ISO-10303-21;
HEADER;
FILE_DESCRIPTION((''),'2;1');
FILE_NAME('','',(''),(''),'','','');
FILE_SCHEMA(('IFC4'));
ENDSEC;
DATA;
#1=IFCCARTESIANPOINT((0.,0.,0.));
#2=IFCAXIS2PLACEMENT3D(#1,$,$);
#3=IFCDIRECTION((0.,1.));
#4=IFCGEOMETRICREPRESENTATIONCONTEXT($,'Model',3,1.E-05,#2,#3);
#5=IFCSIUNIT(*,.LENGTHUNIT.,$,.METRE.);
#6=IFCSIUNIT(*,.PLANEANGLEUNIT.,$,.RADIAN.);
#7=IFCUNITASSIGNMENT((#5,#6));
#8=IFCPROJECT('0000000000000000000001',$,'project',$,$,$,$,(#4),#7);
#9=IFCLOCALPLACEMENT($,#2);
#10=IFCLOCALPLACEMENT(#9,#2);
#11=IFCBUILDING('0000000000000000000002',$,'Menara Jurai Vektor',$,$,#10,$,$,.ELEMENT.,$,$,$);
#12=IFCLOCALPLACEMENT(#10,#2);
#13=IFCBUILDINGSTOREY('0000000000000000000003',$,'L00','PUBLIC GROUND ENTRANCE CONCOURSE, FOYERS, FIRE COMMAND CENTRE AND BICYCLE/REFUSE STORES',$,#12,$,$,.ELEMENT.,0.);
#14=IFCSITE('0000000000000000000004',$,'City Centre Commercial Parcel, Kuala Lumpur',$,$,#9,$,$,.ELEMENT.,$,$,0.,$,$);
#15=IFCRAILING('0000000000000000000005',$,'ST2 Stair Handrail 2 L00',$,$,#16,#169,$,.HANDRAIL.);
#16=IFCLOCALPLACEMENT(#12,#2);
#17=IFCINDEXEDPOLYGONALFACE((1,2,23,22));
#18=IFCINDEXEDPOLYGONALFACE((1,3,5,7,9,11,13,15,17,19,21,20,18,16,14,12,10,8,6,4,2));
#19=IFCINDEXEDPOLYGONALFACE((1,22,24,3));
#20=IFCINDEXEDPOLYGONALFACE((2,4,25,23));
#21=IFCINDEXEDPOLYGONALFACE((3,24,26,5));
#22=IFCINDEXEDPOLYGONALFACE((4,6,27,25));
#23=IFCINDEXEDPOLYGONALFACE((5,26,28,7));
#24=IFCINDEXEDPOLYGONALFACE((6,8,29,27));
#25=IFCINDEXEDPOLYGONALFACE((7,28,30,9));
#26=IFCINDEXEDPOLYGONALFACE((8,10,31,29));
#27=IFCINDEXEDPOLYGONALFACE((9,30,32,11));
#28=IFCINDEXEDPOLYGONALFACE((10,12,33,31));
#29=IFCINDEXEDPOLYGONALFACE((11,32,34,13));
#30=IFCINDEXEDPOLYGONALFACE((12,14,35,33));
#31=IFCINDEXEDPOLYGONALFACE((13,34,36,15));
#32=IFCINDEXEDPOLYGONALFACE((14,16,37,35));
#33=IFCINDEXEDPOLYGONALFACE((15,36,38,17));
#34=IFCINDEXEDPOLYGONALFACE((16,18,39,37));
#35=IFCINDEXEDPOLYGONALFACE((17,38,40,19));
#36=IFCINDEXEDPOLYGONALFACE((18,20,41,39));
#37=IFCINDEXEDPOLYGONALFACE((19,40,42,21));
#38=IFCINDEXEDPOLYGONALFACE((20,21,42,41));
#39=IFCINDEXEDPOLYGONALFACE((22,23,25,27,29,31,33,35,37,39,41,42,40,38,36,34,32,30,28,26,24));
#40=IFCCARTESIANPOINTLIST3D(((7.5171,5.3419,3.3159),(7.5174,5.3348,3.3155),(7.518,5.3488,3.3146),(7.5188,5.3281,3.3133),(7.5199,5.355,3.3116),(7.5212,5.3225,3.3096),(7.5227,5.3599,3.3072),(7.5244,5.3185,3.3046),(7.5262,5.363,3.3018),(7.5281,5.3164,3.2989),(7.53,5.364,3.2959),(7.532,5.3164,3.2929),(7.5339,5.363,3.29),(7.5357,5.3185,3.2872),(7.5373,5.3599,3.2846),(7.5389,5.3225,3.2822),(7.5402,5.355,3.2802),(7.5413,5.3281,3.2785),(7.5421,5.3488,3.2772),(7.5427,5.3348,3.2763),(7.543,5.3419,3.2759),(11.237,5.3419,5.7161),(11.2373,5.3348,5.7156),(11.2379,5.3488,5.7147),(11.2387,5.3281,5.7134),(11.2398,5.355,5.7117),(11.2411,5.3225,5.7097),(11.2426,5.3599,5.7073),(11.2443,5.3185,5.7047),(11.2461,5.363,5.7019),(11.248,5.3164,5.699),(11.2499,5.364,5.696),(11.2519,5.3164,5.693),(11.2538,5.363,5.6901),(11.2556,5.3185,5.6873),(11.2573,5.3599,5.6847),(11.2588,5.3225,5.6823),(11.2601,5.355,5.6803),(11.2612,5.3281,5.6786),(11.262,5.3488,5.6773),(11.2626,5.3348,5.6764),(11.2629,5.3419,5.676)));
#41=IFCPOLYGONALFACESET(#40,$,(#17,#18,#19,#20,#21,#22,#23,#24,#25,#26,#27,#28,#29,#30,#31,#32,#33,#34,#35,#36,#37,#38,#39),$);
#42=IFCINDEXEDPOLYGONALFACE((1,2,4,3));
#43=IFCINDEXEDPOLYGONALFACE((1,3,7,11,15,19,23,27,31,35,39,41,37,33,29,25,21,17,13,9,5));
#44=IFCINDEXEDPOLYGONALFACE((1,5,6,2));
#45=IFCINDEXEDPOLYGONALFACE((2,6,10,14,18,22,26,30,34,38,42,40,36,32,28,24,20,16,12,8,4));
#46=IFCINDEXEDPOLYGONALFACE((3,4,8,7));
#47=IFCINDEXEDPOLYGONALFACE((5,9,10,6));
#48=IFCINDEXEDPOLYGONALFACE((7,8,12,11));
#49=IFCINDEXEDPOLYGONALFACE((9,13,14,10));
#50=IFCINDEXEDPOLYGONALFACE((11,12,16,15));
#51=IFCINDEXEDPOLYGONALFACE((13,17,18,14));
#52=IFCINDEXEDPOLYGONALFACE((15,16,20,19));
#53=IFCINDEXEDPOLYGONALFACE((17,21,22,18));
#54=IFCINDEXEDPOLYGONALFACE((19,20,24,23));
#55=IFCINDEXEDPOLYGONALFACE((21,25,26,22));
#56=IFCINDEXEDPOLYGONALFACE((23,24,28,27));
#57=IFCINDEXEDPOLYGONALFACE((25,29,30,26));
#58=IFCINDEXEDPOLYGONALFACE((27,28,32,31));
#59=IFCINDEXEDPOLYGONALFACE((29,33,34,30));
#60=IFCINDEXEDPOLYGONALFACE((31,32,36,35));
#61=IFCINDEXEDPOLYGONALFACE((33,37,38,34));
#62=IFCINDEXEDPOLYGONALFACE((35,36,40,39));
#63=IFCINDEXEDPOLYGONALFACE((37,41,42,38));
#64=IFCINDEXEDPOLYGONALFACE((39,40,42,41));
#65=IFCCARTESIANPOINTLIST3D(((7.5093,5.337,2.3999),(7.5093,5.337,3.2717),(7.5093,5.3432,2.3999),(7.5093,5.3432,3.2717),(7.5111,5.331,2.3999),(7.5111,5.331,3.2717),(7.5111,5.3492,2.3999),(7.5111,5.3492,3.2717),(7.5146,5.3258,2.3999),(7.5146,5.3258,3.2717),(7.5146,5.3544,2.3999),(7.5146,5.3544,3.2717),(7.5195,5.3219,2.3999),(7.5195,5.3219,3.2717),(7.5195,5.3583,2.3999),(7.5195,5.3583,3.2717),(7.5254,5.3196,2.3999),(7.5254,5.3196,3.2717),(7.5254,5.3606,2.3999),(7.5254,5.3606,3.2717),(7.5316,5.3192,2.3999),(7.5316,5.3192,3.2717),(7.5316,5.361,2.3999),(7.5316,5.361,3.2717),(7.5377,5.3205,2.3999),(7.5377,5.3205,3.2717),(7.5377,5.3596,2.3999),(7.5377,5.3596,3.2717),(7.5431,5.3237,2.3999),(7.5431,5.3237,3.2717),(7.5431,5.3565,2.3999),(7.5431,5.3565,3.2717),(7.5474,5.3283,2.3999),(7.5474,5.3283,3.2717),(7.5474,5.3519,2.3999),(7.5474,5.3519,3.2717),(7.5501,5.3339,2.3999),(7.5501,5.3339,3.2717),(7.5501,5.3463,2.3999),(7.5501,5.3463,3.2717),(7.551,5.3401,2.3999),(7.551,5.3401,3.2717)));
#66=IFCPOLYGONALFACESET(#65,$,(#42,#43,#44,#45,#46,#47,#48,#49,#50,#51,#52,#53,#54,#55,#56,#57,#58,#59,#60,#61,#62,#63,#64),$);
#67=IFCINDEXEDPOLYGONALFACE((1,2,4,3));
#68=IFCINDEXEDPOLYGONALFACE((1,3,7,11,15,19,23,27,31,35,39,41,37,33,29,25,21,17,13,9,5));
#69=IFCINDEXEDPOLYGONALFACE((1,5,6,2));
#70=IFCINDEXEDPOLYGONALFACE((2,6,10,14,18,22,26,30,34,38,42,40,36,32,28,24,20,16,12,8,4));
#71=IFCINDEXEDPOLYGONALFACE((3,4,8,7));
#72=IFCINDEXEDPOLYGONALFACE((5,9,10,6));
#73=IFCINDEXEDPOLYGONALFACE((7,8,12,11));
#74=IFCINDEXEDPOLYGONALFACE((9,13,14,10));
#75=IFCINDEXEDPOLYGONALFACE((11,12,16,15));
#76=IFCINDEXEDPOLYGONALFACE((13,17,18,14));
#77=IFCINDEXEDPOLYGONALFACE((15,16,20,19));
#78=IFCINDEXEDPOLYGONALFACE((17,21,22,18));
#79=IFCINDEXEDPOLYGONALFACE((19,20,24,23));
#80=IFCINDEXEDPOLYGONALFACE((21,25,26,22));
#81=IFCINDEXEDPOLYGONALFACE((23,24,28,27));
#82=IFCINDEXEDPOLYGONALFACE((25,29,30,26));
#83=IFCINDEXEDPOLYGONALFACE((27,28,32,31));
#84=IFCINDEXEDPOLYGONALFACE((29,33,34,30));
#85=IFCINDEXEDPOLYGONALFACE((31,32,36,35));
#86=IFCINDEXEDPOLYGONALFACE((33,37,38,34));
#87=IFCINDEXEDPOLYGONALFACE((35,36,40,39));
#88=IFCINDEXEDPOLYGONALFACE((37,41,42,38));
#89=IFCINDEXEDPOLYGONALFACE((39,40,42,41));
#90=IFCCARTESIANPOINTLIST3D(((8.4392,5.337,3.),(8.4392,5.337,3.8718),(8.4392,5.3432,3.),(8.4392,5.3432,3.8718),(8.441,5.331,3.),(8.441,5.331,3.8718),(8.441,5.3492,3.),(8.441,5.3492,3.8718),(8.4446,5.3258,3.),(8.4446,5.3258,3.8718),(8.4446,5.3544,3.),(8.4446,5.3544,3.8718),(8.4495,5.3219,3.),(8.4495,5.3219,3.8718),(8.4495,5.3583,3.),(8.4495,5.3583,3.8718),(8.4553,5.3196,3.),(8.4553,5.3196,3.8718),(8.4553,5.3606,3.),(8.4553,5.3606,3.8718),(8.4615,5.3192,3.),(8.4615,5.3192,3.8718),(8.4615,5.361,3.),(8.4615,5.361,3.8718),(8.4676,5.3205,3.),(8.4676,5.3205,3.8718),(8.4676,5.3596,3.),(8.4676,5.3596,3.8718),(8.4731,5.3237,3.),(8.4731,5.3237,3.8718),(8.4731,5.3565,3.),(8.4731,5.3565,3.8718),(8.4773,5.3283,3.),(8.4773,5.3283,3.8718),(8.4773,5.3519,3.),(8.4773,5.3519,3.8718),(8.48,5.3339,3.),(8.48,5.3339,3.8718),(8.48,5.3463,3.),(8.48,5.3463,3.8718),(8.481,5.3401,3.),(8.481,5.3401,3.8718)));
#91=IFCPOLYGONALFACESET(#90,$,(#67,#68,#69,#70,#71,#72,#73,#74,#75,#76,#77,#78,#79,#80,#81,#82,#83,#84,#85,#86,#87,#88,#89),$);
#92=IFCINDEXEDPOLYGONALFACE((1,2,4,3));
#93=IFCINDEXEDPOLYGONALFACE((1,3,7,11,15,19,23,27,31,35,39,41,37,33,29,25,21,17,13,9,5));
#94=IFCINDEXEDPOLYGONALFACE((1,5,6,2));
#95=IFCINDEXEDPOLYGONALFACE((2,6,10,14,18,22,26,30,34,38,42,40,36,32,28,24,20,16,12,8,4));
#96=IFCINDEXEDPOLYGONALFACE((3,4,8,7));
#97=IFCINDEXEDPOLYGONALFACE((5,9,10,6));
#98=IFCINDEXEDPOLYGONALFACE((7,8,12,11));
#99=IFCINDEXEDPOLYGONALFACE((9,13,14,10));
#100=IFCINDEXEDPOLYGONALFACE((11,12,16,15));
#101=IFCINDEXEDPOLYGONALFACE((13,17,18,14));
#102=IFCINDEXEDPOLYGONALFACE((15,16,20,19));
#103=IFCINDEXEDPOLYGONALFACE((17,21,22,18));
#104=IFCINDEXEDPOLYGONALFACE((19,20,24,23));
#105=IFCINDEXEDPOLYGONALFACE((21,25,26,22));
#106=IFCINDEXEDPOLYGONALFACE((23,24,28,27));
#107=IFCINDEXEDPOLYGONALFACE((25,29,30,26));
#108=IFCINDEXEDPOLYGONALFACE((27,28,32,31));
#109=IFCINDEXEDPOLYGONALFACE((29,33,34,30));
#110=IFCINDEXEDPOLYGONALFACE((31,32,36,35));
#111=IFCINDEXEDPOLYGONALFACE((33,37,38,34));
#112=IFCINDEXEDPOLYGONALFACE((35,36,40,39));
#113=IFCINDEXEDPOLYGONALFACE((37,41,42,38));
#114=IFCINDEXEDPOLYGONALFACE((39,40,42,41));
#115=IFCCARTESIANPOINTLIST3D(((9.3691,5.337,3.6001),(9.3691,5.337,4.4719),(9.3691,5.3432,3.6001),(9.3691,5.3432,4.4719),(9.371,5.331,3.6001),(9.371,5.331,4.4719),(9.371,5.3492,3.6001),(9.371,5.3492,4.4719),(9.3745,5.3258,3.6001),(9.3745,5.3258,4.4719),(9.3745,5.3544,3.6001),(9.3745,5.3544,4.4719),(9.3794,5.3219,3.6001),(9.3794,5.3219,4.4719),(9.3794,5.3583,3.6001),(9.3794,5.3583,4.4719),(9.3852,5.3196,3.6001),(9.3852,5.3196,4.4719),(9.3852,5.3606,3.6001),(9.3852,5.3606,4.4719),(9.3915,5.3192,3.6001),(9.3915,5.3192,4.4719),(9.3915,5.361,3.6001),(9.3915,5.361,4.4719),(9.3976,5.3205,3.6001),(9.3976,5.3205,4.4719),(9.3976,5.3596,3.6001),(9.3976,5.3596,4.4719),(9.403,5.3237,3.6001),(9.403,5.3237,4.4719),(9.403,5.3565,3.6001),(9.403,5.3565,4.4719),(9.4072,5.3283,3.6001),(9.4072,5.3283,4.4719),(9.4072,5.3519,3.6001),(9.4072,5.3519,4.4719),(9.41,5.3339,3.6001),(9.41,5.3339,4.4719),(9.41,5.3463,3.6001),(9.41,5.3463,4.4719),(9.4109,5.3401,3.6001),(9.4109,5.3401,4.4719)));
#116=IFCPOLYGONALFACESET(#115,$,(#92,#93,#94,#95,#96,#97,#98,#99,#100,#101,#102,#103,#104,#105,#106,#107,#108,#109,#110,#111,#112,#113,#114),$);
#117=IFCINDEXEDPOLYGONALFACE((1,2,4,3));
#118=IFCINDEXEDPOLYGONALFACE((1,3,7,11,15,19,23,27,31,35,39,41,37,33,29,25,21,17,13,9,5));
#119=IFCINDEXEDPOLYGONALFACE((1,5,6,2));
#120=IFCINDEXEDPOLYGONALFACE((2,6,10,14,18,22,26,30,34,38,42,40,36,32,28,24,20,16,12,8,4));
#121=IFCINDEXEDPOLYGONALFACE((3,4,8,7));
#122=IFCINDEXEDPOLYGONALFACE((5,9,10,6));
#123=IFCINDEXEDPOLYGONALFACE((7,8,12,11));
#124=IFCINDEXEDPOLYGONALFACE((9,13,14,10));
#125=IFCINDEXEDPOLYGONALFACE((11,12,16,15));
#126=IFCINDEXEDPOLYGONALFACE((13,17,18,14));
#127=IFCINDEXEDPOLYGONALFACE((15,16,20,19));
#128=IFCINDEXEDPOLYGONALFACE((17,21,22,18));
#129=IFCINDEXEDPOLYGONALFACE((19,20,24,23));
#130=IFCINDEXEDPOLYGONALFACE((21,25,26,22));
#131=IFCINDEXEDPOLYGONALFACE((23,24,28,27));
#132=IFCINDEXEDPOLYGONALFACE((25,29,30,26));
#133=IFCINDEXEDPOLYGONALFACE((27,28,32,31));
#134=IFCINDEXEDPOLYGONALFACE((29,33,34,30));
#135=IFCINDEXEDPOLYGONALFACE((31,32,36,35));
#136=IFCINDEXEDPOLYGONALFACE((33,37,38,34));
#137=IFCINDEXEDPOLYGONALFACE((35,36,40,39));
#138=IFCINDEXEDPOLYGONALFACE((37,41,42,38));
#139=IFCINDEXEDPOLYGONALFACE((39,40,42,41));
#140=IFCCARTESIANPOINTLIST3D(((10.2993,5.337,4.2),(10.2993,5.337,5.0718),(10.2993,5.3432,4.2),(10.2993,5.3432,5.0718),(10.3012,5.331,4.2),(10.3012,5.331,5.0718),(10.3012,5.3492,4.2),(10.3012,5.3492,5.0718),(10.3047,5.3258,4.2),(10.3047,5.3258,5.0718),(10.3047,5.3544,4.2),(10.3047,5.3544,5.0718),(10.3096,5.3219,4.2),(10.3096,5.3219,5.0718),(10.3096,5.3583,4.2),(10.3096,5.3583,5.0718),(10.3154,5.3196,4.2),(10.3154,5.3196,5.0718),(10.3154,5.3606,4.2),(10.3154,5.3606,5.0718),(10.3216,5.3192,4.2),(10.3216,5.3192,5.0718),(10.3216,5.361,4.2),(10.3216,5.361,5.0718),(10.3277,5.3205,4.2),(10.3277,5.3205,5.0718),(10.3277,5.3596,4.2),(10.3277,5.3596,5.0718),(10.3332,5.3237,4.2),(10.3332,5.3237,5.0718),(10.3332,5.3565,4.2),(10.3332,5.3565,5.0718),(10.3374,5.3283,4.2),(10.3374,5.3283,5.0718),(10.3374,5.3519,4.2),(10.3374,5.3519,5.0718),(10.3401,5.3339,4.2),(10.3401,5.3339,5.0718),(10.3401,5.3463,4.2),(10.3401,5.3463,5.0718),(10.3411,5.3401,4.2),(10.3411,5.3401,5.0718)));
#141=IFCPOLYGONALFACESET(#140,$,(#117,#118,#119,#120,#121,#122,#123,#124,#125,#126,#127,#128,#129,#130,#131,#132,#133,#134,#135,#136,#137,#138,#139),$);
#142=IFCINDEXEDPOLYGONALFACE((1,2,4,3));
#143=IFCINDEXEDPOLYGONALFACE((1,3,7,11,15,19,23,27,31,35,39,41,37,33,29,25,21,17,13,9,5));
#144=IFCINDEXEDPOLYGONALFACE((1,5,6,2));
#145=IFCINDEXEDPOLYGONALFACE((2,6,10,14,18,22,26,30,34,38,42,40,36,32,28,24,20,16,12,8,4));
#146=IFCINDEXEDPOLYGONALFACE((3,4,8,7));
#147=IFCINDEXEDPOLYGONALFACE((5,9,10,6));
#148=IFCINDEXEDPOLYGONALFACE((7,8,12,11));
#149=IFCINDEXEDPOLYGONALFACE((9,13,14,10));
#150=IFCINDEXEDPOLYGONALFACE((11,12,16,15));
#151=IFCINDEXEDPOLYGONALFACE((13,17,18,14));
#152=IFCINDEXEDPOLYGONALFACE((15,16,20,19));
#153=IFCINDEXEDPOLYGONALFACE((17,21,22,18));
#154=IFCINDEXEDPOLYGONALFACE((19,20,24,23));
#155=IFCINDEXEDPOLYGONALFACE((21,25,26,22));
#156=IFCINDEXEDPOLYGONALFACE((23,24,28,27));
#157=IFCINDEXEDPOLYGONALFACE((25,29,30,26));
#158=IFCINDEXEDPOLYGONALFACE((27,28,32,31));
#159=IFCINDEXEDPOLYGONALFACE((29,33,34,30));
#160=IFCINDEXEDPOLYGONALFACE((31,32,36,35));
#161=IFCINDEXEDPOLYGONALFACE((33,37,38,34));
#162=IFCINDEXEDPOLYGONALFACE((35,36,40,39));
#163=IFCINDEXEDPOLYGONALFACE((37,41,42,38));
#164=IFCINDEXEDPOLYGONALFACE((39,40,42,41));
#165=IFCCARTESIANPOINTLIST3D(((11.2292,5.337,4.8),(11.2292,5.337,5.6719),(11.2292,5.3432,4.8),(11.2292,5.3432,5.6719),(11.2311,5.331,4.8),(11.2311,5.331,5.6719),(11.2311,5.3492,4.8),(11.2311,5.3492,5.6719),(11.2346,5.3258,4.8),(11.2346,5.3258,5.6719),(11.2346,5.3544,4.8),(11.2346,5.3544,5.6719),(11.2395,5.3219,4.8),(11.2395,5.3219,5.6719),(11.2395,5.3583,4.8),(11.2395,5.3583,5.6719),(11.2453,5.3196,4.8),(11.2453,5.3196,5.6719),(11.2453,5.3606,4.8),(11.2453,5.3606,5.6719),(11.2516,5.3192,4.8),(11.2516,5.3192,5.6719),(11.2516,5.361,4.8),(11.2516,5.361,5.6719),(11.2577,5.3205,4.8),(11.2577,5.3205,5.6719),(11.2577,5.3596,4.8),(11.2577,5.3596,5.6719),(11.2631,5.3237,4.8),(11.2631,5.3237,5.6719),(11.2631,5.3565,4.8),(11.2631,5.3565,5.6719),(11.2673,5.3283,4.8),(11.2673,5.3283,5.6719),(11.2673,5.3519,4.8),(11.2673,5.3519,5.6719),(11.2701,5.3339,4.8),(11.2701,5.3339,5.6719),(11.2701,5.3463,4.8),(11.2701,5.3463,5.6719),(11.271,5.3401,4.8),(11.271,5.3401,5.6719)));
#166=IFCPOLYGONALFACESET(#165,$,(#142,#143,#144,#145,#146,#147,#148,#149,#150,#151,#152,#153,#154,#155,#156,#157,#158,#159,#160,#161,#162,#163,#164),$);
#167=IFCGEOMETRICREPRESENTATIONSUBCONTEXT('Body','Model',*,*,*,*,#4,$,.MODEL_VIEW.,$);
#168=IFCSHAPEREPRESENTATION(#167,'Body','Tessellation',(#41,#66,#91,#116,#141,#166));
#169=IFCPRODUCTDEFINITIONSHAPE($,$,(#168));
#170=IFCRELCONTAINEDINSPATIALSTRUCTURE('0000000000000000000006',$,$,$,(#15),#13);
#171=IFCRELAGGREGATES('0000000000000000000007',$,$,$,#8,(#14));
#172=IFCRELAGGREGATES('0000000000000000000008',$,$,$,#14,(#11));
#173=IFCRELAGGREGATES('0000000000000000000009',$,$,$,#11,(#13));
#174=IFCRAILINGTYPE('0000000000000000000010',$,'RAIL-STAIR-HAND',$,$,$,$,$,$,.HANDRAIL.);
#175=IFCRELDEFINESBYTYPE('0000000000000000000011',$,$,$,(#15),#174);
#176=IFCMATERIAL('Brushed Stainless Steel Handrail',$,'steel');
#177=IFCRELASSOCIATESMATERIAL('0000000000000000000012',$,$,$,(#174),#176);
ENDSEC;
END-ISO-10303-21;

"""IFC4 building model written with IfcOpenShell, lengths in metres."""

from ifc_helpers import new_model, si_unit, direction, frame, origin, origin_2d, place, context, subcontext, project, spatial, circle, extrude, material, type_object, element, save


model = new_model("IFC4")

# Units and contexts
model_context = context("Model", 3, precision=1e-05, world=origin(), true_north=direction((0.0, 1.0)))
body_context = subcontext(model_context, "Body", "Model", "MODEL_VIEW")
ifc_project = project(units=[si_unit("LENGTHUNIT", "METRE"), si_unit("PLANEANGLEUNIT", "RADIAN")], contexts=[model_context])

# Site, building, storey
site_placement = place(None, origin())
site = spatial("IfcSite", under=ifc_project, at=site_placement, Name="City Centre Commercial Parcel, Kuala Lumpur", CompositionType="ELEMENT", RefElevation=0.0)
building_placement = place(site_placement, origin())
building = spatial("IfcBuilding", under=site, at=building_placement, Name="Menara Jurai Vektor", CompositionType="ELEMENT")
storey_placement = place(building_placement, origin())
storey = spatial("IfcBuildingStorey", under=building, at=storey_placement, Name="L00", Description="PUBLIC GROUND ENTRANCE CONCOURSE, FOYERS, FIRE COMMAND CENTRE AND BICYCLE/REFUSE STORES", CompositionType="ELEMENT", Elevation=0.0)

# Railing
ifc_material_1 = material(Name="Brushed Stainless Steel Handrail", Category="steel")
railing_type_1 = type_object("IfcRailingType", Name="RAIL-STAIR-HAND", PredefinedType="HANDRAIL", material=ifc_material_1)
railing_1_placement = place(storey_placement, frame((7.53, 5.3401, 2.3999)))
element("IfcRailing", 1, at=railing_1_placement, inside=storey, type_object=railing_type_1, Name="ST2 Stair Handrail 2 L00", PredefinedType="HANDRAIL", context=body_context, shape_type="SweptSolid", body=[
    extrude(circle(Radius=0.0239, at=origin_2d()), frame((0.0, 0.0, 0.896), z_axis=(0.84028, 0.0, 0.542153), x_axis=(0.0, 1.0, 0.0)), (0.0, 0.0, 1.0), 4.427),
    extrude(circle(Radius=0.021, at=origin_2d()), origin(), (0.0, 0.0, 1.0), 0.8718),
    extrude(circle(Radius=0.021, at=origin_2d()), frame((0.9299, 0.0, 0.6001)), (0.0, 0.0, 1.0), 0.8718),
    extrude(circle(Radius=0.021, at=origin_2d()), frame((1.8599, 0.0, 1.2002)), (0.0, 0.0, 1.0), 0.8718),
    extrude(circle(Radius=0.021, at=origin_2d()), frame((2.79, 0.0, 1.8)), (0.0, 0.0, 1.0), 0.8718),
    extrude(circle(Radius=0.021, at=origin_2d()), frame((3.72, 0.0, 2.4001)), (0.0, 0.0, 1.0), 0.8718),
])

save(model, "model.ifc")
